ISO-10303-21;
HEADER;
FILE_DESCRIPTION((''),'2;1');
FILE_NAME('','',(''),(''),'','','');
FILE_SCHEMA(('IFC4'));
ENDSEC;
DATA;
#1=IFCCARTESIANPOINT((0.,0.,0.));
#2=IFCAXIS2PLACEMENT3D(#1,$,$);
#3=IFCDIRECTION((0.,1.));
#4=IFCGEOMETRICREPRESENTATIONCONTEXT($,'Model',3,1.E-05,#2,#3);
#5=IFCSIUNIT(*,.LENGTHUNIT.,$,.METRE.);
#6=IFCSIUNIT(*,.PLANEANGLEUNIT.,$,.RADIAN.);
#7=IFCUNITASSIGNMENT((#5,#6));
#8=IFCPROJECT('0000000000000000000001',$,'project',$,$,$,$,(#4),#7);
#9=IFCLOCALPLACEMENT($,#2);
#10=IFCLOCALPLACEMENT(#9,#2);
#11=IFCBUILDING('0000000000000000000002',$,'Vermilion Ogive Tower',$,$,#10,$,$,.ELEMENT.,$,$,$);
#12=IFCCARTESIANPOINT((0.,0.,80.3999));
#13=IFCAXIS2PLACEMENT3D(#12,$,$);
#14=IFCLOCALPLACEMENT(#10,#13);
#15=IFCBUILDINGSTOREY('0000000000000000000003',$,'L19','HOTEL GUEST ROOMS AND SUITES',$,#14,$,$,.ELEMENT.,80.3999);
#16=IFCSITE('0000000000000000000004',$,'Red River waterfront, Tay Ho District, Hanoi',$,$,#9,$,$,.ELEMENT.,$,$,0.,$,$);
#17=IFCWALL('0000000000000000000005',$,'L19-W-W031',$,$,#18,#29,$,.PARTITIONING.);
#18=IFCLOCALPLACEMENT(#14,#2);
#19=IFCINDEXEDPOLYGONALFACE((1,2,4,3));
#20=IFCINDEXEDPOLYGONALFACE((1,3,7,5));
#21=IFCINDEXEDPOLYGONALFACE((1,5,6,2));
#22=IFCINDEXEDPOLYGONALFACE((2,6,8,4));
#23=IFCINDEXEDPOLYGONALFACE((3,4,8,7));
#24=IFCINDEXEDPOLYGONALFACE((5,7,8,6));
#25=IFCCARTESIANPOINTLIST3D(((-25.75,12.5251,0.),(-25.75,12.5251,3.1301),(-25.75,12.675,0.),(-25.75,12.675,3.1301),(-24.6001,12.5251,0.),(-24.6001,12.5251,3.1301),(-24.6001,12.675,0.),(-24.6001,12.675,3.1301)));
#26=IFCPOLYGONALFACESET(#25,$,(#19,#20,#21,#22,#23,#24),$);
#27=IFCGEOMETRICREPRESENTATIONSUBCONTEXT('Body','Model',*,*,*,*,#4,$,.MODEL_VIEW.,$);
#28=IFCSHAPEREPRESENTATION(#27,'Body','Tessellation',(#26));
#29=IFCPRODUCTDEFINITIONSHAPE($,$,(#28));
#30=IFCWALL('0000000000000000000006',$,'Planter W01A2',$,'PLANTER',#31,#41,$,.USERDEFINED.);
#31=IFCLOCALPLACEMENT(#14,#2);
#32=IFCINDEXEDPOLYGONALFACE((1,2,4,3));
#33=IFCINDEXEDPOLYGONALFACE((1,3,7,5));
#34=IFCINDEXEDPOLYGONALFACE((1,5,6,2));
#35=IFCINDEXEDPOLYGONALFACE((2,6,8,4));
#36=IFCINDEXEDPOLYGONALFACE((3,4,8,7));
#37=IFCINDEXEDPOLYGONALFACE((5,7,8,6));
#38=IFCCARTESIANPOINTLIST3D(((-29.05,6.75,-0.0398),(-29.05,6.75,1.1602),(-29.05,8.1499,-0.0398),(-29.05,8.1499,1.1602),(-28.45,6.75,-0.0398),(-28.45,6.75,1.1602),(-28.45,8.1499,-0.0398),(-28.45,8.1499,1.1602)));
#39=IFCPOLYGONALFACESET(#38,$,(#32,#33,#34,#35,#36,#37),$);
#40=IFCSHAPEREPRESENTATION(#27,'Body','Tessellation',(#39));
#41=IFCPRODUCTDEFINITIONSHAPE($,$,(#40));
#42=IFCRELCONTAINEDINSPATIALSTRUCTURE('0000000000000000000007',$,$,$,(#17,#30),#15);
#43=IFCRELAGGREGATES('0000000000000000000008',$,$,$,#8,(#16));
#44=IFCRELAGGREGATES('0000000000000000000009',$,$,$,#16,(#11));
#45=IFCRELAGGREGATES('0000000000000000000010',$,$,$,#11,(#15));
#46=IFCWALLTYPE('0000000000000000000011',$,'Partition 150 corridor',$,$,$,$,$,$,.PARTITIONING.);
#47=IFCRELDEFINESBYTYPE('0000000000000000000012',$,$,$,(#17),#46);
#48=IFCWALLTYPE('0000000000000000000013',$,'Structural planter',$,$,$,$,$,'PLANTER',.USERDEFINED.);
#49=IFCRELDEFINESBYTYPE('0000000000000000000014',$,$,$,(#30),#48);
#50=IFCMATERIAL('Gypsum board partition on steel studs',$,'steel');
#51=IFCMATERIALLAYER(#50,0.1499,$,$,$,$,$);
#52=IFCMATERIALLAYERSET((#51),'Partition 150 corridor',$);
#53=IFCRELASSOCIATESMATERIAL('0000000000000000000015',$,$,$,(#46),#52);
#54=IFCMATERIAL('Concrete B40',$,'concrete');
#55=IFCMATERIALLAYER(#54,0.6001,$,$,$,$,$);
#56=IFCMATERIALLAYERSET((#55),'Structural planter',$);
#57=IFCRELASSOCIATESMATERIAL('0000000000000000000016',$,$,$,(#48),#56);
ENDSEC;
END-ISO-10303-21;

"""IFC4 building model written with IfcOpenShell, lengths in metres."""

from ifc_helpers import new_model, si_unit, direction, frame, frame_2d, origin, place, context, subcontext, project, spatial, rectangle, extrude, material, layer, layer_set, type_object, element, save


model = new_model("IFC4")

# Units and contexts
model_context = context("Model", 3, precision=1e-05, world=origin(), true_north=direction((0.0, 1.0)))
body_context = subcontext(model_context, "Body", "Model", "MODEL_VIEW")
ifc_project = project(units=[si_unit("LENGTHUNIT", "METRE"), si_unit("PLANEANGLEUNIT", "RADIAN")], contexts=[model_context])

# Site, building, storey
site_placement = place(None, origin())
site = spatial("IfcSite", under=ifc_project, at=site_placement, Name="Red River waterfront, Tay Ho District, Hanoi", CompositionType="ELEMENT", RefElevation=0.0)
building_placement = place(site_placement, origin())
building = spatial("IfcBuilding", under=site, at=building_placement, Name="Vermilion Ogive Tower", CompositionType="ELEMENT")
storey_placement = place(building_placement, frame((0.0, 0.0, 80.3999)))
storey = spatial("IfcBuildingStorey", under=building, at=storey_placement, Name="L19", Description="HOTEL GUEST ROOMS AND SUITES", CompositionType="ELEMENT", Elevation=80.3999)

# Shared definitions
ifc_material_1 = material(Name="Gypsum board partition on steel studs", Category="steel")
ifc_layer_1 = layer(ifc_material_1, 0.1499)
ifc_layer_set_1 = layer_set([ifc_layer_1], Name="Partition 150 corridor")
wall_type_1 = type_object("IfcWallType", Name="Partition 150 corridor", PredefinedType="PARTITIONING", material=ifc_layer_set_1)

# Walls
wall_1_placement = place(storey_placement, frame((-25.75, 12.6001, 0.0), z_axis=(0.0, 0.0, 1.0), x_axis=(1.0, 0.0, 0.0)))
element("IfcWall", 1, at=wall_1_placement, inside=storey, type_object=wall_type_1, Name="L19-W-W031", PredefinedType="PARTITIONING", context=body_context, shape_type="SweptSolid", body=[
    extrude(rectangle(XDim=1.1499, YDim=0.1499, at=frame_2d((0.575, 0.0))), origin(), (0.0, 0.0, 1.0), 3.1301),
])
ifc_material_2 = material(Name="Concrete B40", Category="concrete")
ifc_layer_2 = layer(ifc_material_2, 0.6001)
ifc_layer_set_2 = layer_set([ifc_layer_2], Name="Structural planter")
wall_type_2 = type_object("IfcWallType", Name="Structural planter", ElementType="PLANTER", PredefinedType="USERDEFINED", material=ifc_layer_set_2)
wall_2_placement = place(storey_placement, frame((-28.75, 8.1499, -0.0398), z_axis=(0.0, 0.0, 1.0), x_axis=(0.0, -1.0, 0.0)))
element("IfcWall", 2, at=wall_2_placement, inside=storey, type_object=wall_type_2, Name="Planter W01A2", ObjectType="PLANTER", PredefinedType="USERDEFINED", context=body_context, shape_type="SweptSolid", body=[
    extrude(rectangle(XDim=1.3999, YDim=0.6001, at=frame_2d((0.7, 0.0))), origin(), (0.0, 0.0, 1.0), 1.2),
])

save(model, "model.ifc")
